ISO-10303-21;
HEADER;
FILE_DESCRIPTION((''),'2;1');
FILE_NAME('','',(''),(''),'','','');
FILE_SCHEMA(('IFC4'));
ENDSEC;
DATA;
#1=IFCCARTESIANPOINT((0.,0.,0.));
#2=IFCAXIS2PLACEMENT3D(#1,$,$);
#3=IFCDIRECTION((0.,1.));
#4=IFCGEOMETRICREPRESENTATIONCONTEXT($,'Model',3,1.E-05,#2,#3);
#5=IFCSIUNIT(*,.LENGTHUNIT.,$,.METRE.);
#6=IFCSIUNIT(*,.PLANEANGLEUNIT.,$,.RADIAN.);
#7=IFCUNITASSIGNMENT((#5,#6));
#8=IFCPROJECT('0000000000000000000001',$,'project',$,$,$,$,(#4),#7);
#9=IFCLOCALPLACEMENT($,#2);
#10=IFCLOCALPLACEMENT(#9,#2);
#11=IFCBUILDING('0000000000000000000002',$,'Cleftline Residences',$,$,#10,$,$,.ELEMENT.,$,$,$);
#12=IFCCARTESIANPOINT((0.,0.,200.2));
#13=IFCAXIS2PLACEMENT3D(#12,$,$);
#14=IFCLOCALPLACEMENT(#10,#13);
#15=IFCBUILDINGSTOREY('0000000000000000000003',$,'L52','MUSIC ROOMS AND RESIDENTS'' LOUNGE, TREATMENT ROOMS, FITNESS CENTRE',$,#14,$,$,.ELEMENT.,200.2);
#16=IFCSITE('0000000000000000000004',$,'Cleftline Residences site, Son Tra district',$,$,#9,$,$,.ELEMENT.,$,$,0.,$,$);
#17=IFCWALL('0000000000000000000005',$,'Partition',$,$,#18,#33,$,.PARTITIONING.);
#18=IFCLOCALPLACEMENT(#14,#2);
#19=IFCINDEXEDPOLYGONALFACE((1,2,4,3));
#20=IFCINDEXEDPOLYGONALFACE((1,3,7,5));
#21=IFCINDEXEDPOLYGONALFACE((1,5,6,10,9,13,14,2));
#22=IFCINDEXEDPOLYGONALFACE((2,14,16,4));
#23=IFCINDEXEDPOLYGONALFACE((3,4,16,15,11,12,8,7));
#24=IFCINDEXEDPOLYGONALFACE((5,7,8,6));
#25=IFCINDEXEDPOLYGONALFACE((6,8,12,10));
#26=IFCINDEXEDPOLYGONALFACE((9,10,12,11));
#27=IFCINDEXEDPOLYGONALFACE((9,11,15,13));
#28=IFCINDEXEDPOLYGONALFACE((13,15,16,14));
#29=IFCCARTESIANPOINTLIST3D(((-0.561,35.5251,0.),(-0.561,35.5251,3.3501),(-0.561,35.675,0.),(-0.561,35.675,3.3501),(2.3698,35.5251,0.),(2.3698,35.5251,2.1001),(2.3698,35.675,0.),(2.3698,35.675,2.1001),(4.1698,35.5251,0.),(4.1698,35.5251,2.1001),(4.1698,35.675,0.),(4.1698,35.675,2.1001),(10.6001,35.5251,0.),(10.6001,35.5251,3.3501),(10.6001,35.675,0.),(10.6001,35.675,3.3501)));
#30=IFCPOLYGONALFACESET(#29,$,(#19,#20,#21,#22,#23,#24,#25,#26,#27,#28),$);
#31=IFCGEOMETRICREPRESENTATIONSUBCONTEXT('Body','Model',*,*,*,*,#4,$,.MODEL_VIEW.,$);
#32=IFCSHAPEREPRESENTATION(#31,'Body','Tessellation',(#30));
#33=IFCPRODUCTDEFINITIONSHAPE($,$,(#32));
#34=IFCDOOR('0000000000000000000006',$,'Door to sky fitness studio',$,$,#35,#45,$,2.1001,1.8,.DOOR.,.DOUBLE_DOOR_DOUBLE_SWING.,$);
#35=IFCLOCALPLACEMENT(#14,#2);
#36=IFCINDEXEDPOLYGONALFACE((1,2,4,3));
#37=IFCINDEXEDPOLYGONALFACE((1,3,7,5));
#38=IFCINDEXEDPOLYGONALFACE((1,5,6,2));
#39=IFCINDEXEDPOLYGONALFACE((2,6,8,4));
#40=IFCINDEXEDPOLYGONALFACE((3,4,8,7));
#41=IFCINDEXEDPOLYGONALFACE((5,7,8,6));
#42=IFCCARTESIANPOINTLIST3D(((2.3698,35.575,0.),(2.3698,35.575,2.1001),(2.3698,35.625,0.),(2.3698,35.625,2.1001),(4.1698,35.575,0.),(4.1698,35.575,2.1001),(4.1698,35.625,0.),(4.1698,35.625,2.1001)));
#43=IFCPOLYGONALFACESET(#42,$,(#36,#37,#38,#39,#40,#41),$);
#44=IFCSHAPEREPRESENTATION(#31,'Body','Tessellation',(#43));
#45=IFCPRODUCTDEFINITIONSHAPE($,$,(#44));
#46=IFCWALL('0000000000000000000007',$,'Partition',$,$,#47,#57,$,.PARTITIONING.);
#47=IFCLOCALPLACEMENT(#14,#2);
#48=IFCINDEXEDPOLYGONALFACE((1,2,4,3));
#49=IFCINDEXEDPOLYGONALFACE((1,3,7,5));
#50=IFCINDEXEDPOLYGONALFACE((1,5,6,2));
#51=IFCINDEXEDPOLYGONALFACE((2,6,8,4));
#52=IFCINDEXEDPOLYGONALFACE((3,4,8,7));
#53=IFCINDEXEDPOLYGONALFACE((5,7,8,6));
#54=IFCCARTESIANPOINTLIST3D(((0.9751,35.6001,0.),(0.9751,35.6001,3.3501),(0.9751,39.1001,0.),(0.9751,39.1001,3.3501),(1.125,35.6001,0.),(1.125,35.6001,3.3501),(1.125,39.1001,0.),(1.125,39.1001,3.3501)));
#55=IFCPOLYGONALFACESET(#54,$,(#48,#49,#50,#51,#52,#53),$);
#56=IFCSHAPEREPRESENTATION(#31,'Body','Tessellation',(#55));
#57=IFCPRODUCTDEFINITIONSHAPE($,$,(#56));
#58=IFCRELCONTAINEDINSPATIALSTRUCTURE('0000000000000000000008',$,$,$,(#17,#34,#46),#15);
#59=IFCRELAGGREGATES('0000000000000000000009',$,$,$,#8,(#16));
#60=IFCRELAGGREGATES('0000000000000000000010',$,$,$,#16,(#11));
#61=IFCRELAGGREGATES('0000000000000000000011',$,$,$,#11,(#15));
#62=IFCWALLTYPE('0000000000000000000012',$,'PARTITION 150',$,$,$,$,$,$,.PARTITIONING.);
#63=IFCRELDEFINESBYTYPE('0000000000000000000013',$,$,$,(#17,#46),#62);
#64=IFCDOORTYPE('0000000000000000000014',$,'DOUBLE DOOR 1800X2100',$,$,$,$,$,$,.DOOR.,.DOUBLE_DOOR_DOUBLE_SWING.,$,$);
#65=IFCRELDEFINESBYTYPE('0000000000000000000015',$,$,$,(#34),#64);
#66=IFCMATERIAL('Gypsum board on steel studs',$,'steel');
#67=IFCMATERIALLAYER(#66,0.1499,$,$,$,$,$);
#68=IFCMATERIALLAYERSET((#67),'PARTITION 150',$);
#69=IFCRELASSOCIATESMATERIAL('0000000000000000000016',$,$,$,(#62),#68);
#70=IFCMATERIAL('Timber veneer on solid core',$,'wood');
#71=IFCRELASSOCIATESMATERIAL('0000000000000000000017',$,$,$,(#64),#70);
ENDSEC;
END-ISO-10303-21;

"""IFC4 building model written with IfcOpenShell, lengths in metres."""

from ifc_helpers import new_model, si_unit, direction, frame, frame_2d, origin, place, context, subcontext, project, spatial, rectangle, extrude, material, layer, layer_set, type_object, element, fill, save


model = new_model("IFC4")

# Units and contexts
model_context = context("Model", 3, precision=1e-05, world=origin(), true_north=direction((0.0, 1.0)))
body_context = subcontext(model_context, "Body", "Model", "MODEL_VIEW")
ifc_project = project(units=[si_unit("LENGTHUNIT", "METRE"), si_unit("PLANEANGLEUNIT", "RADIAN")], contexts=[model_context])

# Site, building, storey
site_placement = place(None, origin())
site = spatial("IfcSite", under=ifc_project, at=site_placement, Name="Cleftline Residences site, Son Tra district", CompositionType="ELEMENT", RefElevation=0.0)
building_placement = place(site_placement, origin())
building = spatial("IfcBuilding", under=site, at=building_placement, Name="Cleftline Residences", CompositionType="ELEMENT")
storey_placement = place(building_placement, frame((0.0, 0.0, 200.2)))
storey = spatial("IfcBuildingStorey", under=building, at=storey_placement, Name="L52", Description="MUSIC ROOMS AND RESIDENTS' LOUNGE, TREATMENT ROOMS, FITNESS CENTRE", CompositionType="ELEMENT", Elevation=200.2)

# Wall, opening, door
ifc_material_1 = material(Name="Gypsum board on steel studs", Category="steel")
ifc_layer_1 = layer(ifc_material_1, 0.1499)
ifc_layer_set_1 = layer_set([ifc_layer_1], Name="PARTITION 150")
wall_type = type_object("IfcWallType", Name="PARTITION 150", PredefinedType="PARTITIONING", material=ifc_layer_set_1)
wall_1_placement = place(storey_placement, frame((-0.561, 35.6001, 0.0), z_axis=(0.0, 0.0, 1.0), x_axis=(1.0, 0.0, 0.0)))
wall_1 = element("IfcWall", 1, at=wall_1_placement, inside=storey, type_object=wall_type, Name="Partition", PredefinedType="PARTITIONING", context=body_context, shape_type="SweptSolid", body=[
    extrude(rectangle(XDim=11.1611, YDim=0.1499, at=frame_2d((5.5806, 0.0))), origin(), (0.0, 0.0, 1.0), 3.3501),
])
opening_placement = place(wall_1_placement, frame((2.9309, 0.0, 0.0)))
opening = element("IfcOpeningElement", 2, at=opening_placement, cuts=wall_1, PredefinedType="OPENING", context=body_context, shape_type="SweptSolid", body=[
    extrude(rectangle(XDim=1.8, YDim=2.1001, at=frame_2d((0.8999, 1.05))), frame((0.0, 0.085, 0.0), z_axis=(0.0, -1.0, 0.0), x_axis=(1.0, 0.0, 0.0)), (0.0, 0.0, 1.0), 0.1699),
])
ifc_material_2 = material(Name="Timber veneer on solid core", Category="wood")
door_type = type_object("IfcDoorType", Name="DOUBLE DOOR 1800X2100", OperationType="DOUBLE_DOOR_DOUBLE_SWING", PredefinedType="DOOR", material=ifc_material_2)
door_placement = place(opening_placement, origin())
door = element("IfcDoor", 3, at=door_placement, inside=storey, type_object=door_type, Name="Door to sky fitness studio", OperationType="DOUBLE_DOOR_DOUBLE_SWING", OverallHeight=2.1001, OverallWidth=1.8, PredefinedType="DOOR", context=body_context, shape_type="SweptSolid", body=[
    extrude(rectangle(XDim=1.8, YDim=2.1001, at=frame_2d((0.8999, 1.05))), frame((0.0, 0.0249, 0.0), z_axis=(0.0, -1.0, 0.0), x_axis=(1.0, 0.0, 0.0)), (0.0, 0.0, 1.0), 0.05),
])
fill(opening, door)

# Wall
wall_2_placement = place(storey_placement, frame((1.05, 35.6001, 0.0), z_axis=(0.0, 0.0, 1.0), x_axis=(0.0, 1.0, 0.0)))
element("IfcWall", 4, at=wall_2_placement, inside=storey, type_object=wall_type, Name="Partition", PredefinedType="PARTITIONING", context=body_context, shape_type="SweptSolid", body=[
    extrude(rectangle(XDim=3.5, YDim=0.1499, at=frame_2d((1.75, 0.0))), origin(), (0.0, 0.0, 1.0), 3.3501),
])

save(model, "model.ifc")
